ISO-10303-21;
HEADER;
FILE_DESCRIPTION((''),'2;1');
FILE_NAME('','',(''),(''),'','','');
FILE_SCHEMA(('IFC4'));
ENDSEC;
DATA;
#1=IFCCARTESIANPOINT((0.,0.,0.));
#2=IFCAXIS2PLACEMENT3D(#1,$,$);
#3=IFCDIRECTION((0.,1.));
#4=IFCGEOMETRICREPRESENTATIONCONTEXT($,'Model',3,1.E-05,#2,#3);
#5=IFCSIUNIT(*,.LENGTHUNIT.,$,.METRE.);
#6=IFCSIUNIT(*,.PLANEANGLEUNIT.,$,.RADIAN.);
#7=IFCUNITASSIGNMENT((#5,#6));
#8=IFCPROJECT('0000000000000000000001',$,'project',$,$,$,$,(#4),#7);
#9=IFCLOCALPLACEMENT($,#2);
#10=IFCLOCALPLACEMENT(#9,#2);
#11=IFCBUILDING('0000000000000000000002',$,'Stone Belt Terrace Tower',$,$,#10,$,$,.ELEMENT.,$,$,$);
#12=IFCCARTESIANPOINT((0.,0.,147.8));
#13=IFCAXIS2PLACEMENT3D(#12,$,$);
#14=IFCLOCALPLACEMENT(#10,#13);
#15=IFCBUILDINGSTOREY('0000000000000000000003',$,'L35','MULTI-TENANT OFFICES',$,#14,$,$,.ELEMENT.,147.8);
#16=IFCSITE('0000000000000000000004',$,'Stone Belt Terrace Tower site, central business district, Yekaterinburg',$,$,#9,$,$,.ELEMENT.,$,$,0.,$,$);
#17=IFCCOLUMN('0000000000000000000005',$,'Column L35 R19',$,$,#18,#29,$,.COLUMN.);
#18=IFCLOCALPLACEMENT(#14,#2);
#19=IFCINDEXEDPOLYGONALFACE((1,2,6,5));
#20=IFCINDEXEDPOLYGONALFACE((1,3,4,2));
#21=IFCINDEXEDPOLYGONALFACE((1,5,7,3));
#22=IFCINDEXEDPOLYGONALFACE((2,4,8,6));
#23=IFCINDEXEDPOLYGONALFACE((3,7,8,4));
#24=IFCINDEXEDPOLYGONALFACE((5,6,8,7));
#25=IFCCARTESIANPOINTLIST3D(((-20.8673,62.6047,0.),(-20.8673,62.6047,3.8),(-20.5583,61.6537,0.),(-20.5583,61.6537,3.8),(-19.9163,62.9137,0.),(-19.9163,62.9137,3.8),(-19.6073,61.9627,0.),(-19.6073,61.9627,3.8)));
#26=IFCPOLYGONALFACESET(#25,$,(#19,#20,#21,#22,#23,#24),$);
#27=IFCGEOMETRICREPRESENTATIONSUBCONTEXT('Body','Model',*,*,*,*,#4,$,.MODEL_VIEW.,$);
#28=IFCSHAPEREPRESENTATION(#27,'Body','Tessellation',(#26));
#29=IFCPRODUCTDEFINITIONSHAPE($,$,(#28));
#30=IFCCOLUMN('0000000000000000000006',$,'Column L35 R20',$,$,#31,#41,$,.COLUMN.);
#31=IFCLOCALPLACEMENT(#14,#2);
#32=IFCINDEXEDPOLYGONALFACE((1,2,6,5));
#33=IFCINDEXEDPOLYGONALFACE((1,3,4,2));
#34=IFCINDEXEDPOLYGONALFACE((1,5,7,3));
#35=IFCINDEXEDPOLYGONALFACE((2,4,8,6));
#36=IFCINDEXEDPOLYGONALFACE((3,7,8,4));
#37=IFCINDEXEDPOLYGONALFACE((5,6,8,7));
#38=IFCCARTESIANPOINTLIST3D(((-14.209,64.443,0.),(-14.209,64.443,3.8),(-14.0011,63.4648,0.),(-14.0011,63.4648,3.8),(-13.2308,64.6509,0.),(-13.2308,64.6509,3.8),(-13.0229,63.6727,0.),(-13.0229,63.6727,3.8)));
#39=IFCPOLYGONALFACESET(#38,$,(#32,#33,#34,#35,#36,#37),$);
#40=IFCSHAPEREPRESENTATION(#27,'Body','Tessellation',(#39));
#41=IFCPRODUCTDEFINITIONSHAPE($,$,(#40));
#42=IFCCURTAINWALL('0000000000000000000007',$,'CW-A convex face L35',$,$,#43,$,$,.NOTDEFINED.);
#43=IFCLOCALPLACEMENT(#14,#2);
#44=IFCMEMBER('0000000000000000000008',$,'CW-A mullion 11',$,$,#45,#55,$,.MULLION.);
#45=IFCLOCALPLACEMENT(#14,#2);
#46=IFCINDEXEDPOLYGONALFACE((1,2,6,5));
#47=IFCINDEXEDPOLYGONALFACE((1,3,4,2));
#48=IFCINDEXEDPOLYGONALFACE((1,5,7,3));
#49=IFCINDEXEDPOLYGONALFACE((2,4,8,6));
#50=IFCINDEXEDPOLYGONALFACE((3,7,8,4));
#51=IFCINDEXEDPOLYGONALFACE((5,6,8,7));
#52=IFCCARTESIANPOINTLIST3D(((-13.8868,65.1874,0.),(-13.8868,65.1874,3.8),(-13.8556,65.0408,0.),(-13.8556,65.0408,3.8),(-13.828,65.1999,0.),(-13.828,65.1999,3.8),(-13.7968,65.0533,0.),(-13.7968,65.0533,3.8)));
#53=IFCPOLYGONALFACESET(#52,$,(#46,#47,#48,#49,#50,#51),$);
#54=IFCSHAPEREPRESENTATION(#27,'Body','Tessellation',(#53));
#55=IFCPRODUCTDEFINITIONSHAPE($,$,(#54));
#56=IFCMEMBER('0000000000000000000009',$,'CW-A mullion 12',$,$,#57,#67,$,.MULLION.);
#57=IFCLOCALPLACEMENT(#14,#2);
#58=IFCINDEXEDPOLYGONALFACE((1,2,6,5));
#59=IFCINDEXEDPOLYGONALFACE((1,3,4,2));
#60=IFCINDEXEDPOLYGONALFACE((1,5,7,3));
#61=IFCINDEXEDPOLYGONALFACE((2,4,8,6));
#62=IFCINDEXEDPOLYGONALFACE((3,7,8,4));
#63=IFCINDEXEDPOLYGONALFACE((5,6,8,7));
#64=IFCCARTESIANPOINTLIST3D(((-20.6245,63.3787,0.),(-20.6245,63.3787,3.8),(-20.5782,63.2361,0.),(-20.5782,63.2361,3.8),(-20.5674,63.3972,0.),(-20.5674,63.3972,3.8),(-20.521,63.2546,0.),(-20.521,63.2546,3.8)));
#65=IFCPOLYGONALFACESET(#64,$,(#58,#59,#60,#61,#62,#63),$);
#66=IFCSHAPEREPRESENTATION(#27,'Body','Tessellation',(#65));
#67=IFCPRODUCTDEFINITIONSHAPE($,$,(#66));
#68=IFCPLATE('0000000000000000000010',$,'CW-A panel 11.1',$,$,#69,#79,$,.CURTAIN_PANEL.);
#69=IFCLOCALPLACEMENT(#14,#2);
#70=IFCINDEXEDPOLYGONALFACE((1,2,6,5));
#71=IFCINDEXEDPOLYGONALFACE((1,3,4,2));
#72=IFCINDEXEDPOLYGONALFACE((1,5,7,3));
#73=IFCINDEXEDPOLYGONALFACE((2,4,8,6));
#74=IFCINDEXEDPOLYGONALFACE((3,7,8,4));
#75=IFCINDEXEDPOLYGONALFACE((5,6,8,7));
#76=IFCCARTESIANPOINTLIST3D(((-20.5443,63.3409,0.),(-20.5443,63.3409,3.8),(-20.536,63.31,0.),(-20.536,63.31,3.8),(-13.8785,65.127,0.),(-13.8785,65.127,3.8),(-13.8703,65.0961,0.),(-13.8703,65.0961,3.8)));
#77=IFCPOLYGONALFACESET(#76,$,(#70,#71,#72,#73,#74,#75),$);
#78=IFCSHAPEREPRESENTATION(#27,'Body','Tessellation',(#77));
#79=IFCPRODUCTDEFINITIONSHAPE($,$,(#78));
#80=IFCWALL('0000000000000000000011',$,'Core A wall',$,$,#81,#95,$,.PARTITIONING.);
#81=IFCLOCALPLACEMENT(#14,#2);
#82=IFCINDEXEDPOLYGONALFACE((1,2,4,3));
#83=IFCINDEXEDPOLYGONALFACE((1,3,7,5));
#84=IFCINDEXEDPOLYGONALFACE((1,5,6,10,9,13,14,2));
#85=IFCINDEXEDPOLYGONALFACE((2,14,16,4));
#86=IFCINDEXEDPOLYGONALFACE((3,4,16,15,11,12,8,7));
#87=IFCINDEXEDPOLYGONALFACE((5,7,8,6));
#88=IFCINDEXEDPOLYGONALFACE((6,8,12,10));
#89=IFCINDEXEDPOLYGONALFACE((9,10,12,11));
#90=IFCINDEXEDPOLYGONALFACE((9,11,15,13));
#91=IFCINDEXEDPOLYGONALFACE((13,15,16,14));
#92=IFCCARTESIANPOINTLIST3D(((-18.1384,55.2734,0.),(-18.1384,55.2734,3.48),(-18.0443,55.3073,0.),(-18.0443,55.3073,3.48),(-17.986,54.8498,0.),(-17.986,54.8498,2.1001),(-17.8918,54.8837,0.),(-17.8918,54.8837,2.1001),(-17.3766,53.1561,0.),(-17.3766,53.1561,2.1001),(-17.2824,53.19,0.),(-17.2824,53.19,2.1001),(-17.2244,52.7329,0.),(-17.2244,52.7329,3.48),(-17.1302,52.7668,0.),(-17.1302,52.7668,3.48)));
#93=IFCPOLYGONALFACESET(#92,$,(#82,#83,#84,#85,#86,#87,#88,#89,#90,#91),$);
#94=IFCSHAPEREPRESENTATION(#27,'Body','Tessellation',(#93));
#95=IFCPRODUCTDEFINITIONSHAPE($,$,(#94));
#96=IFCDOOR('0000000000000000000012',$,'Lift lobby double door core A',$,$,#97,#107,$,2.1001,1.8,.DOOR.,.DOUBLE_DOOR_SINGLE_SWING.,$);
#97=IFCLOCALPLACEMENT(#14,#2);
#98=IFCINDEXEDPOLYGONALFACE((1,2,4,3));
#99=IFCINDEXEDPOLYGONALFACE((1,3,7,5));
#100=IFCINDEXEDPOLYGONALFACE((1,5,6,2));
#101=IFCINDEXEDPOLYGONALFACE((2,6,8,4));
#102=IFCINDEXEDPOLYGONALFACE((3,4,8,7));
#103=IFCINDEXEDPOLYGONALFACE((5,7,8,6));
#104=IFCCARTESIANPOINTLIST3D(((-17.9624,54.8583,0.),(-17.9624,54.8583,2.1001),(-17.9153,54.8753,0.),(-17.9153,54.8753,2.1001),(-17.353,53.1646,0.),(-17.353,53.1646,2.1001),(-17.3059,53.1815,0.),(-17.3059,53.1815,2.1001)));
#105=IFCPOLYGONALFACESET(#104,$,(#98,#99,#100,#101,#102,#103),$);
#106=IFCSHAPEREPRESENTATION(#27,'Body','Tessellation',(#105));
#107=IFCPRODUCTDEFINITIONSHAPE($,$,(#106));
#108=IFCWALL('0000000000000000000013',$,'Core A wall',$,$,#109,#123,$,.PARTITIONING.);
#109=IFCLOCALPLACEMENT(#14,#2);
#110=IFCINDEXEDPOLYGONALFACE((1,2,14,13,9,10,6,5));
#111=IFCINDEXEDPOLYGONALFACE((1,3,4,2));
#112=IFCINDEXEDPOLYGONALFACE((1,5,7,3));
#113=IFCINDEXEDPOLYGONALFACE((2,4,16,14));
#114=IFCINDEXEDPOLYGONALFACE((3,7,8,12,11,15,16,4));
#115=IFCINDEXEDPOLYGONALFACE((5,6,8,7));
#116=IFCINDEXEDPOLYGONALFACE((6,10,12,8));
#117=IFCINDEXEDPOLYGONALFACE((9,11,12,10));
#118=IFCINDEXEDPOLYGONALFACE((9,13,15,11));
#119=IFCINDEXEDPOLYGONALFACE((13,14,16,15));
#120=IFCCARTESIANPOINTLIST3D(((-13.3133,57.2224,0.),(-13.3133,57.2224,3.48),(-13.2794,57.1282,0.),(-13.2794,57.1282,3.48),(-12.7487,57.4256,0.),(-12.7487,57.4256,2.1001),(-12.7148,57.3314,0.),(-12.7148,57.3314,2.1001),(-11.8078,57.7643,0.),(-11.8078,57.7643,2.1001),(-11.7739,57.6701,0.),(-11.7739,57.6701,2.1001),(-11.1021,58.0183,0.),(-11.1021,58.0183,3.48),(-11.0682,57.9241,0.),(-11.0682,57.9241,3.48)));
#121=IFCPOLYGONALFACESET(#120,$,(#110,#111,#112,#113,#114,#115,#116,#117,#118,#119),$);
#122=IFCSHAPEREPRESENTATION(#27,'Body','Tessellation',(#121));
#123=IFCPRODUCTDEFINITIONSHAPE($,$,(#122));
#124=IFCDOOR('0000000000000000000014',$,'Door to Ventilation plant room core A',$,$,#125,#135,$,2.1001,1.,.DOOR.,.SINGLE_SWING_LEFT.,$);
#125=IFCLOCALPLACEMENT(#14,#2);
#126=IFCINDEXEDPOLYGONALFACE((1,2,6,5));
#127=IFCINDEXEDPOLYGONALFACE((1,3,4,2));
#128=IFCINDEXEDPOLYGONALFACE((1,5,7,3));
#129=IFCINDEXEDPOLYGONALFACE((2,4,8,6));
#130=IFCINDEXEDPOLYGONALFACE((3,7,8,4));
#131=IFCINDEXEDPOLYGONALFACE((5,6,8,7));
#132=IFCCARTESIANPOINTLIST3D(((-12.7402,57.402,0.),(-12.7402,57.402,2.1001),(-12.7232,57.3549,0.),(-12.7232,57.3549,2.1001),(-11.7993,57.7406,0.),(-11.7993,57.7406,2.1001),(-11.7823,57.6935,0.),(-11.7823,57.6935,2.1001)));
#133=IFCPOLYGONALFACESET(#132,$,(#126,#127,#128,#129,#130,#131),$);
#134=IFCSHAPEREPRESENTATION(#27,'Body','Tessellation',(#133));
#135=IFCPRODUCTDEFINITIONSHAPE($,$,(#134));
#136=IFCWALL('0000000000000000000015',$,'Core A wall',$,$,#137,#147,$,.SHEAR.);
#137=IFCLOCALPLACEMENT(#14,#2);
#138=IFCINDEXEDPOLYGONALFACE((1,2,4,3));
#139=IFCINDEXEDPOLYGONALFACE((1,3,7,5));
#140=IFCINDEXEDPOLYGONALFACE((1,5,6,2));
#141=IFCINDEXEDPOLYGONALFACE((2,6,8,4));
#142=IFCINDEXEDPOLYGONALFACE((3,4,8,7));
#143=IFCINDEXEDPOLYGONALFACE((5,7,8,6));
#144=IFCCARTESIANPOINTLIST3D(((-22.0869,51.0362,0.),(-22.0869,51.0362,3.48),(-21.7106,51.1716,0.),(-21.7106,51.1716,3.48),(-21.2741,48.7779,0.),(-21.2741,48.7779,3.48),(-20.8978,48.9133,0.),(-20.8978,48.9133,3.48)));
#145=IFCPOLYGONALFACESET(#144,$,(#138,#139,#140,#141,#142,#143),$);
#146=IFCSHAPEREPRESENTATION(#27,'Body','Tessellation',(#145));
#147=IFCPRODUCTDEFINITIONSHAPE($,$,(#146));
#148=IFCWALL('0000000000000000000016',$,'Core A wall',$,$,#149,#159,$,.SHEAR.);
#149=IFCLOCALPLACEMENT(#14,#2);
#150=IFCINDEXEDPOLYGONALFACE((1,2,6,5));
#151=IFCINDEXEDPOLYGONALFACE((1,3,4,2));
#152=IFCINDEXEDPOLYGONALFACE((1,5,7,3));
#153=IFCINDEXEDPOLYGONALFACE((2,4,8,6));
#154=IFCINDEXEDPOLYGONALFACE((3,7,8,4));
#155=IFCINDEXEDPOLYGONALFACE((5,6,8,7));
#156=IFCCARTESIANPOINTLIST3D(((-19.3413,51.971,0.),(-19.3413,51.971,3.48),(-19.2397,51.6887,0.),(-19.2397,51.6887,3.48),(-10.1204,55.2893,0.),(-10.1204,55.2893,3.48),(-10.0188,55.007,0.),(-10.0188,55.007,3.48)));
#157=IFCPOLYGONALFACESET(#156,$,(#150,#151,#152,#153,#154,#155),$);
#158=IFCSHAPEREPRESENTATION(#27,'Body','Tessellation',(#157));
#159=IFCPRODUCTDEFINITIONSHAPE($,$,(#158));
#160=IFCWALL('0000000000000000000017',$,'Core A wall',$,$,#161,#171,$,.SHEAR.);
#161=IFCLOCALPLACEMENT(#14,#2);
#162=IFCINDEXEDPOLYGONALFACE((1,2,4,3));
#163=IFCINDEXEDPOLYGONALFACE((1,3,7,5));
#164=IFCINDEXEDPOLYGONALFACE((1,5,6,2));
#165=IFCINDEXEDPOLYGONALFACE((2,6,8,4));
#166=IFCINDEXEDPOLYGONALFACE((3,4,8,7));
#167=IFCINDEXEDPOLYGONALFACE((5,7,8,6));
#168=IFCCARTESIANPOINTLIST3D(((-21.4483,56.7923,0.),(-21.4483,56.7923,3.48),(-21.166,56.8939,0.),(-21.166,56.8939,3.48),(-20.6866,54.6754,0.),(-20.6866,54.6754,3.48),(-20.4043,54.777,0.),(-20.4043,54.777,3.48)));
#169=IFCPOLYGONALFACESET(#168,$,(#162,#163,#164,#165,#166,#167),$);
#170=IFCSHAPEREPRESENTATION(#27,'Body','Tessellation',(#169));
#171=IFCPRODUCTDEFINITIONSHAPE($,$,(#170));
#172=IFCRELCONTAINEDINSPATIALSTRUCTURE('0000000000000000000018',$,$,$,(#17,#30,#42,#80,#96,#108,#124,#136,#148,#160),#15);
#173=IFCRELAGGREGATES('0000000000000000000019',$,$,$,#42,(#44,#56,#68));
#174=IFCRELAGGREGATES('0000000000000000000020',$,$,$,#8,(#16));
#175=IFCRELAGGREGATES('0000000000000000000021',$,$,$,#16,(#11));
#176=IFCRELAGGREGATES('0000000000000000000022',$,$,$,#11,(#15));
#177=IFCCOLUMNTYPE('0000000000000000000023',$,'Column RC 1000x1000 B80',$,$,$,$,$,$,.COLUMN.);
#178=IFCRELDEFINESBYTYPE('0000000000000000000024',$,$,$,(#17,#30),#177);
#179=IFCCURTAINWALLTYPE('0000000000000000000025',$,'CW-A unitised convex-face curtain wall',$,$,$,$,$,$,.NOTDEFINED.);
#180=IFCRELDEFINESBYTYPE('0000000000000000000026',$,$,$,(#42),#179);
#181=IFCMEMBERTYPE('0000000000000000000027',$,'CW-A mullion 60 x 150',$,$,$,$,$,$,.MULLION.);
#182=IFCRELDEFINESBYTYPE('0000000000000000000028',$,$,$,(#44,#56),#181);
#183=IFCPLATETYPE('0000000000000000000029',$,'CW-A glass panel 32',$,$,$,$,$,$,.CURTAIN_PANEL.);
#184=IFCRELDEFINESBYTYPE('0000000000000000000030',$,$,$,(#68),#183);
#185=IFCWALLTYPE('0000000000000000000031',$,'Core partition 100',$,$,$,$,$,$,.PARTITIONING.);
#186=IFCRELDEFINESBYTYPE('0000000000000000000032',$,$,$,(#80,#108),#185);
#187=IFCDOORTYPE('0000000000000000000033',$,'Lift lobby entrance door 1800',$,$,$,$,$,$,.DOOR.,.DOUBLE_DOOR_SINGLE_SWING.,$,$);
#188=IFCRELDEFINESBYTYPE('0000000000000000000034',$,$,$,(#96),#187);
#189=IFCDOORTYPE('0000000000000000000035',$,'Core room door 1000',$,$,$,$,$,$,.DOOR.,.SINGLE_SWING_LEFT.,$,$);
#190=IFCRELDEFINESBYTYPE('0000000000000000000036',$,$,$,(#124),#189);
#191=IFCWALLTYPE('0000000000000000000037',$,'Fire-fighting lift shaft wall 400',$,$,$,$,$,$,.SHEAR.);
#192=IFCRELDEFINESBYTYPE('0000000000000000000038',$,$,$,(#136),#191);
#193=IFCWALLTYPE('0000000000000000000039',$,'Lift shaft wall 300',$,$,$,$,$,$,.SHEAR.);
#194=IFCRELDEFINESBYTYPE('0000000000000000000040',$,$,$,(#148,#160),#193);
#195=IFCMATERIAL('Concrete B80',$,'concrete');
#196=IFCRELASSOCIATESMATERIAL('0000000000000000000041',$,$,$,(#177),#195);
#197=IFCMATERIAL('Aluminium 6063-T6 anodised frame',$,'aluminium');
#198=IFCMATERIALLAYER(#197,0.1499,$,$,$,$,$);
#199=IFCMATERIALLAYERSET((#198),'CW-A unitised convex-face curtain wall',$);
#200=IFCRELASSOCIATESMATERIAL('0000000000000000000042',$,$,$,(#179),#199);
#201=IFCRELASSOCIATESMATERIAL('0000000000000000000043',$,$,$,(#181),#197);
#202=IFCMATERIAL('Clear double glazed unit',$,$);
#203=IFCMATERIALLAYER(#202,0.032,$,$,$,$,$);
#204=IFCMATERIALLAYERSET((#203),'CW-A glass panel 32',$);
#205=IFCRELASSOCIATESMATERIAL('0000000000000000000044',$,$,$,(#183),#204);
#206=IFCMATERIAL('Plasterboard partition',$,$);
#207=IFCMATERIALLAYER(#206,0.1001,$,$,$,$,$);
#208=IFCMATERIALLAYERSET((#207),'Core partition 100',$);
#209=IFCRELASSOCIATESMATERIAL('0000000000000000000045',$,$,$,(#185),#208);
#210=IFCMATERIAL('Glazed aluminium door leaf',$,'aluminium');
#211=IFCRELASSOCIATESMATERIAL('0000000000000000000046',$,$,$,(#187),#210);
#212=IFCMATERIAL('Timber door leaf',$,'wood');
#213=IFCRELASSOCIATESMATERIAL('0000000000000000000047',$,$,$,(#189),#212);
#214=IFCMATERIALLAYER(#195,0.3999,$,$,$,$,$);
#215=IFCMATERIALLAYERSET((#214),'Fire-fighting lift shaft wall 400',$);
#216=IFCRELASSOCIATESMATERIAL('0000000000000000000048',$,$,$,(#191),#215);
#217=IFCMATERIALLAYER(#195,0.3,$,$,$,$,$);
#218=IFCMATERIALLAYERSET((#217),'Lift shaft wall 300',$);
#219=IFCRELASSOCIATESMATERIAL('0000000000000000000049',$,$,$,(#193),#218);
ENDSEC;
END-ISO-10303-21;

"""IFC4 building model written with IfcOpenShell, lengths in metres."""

from ifc_helpers import new_model, si_unit, direction, frame, frame_2d, origin, origin_2d, place, context, subcontext, project, spatial, rectangle, extrude, material, layer, layer_set, material_profile, profile_set, type_object, element, fill, aggregate, save


model = new_model("IFC4")

# Units and contexts
model_context = context("Model", 3, precision=1e-05, world=origin(), true_north=direction((0.0, 1.0)))
body_context = subcontext(model_context, "Body", "Model", "MODEL_VIEW")
ifc_project = project(units=[si_unit("LENGTHUNIT", "METRE"), si_unit("PLANEANGLEUNIT", "RADIAN")], contexts=[model_context])

# Site, building, storey
site_placement = place(None, origin())
site = spatial("IfcSite", under=ifc_project, at=site_placement, Name="Stone Belt Terrace Tower site, central business district, Yekaterinburg", CompositionType="ELEMENT", RefElevation=0.0)
building_placement = place(site_placement, origin())
building = spatial("IfcBuilding", under=site, at=building_placement, Name="Stone Belt Terrace Tower", CompositionType="ELEMENT")
storey_placement = place(building_placement, frame((0.0, 0.0, 147.8)))
storey = spatial("IfcBuildingStorey", under=building, at=storey_placement, Name="L35", Description="MULTI-TENANT OFFICES", CompositionType="ELEMENT", Elevation=147.8)

# Columns
ifc_material_1 = material(Name="Concrete B80", Category="concrete")
ifc_material_profile_1 = material_profile(ifc_material_1, rectangle(XDim=1.0, YDim=1.0, at=origin_2d()), Name="RC 1000x1000")
ifc_profile_set_1 = profile_set([ifc_material_profile_1], Name="Concrete B80")
column_type = type_object("IfcColumnType", Name="Column RC 1000x1000 B80", PredefinedType="COLUMN", material=ifc_profile_set_1)
for number, where, z_axis, x_axis, name in (
    (1, (-20.2373, 62.2837, 0.0), (0.0, 0.0, 1.0), (0.951057, 0.309017, 0.0), "Column L35 R19"),
    (2, (-13.616, 64.0579, 0.0), (0.0, 0.0, 1.0), (0.978148, 0.207912, 0.0), "Column L35 R20"),
):
    element("IfcColumn", number, at=place(storey_placement, frame(where, z_axis=z_axis, x_axis=x_axis)), inside=storey, type_object=column_type, Name=name, PredefinedType="COLUMN", context=body_context, shape_type="SweptSolid", body=[
        extrude(rectangle(XDim=1.0, YDim=1.0, at=origin_2d()), origin(), (0.0, 0.0, 1.0), 3.8),
    ])

# Curtain wall, members, plate
ifc_material_2 = material(Name="Aluminium 6063-T6 anodised frame", Category="aluminium")
ifc_layer_1 = layer(ifc_material_2, 0.1499)
ifc_layer_set_1 = layer_set([ifc_layer_1], Name="CW-A unitised convex-face curtain wall")
curtain_wall_type = type_object("IfcCurtainWallType", Name="CW-A unitised convex-face curtain wall", PredefinedType="NOTDEFINED", material=ifc_layer_set_1)
curtain_wall_placement = place(storey_placement, origin())
curtain_wall = element("IfcCurtainWall", 3, at=curtain_wall_placement, inside=storey, type_object=curtain_wall_type, Name="CW-A convex face L35", PredefinedType="NOTDEFINED")
ifc_material_profile_2 = material_profile(ifc_material_2, rectangle(XDim=0.1499, YDim=0.0601, at=origin_2d()), Name="Aluminium 6063-T6 60x150")
ifc_profile_set_2 = profile_set([ifc_material_profile_2], Name="Aluminium 6063-T6 anodised frame")
member_type = type_object("IfcMemberType", Name="CW-A mullion 60 x 150", PredefinedType="MULLION", material=ifc_profile_set_2)
member_1_placement = place(storey_placement, frame((-13.8418, 65.1204, 0.0), z_axis=(0.0, 0.0, 1.0), x_axis=(0.207912, -0.978148, 0.0)))
member_1 = element("IfcMember", 4, at=member_1_placement, type_object=member_type, Name="CW-A mullion 11", PredefinedType="MULLION", context=body_context, shape_type="SweptSolid", body=[
    extrude(rectangle(XDim=0.1499, YDim=0.0601, at=origin_2d()), origin(), (0.0, 0.0, 1.0), 3.8),
])
member_2_placement = place(storey_placement, frame((-20.5728, 63.3167, 0.0), z_axis=(0.0, 0.0, 1.0), x_axis=(0.309017, -0.951057, 0.0)))
member_2 = element("IfcMember", 5, at=member_2_placement, type_object=member_type, Name="CW-A mullion 12", PredefinedType="MULLION", context=body_context, shape_type="SweptSolid", body=[
    extrude(rectangle(XDim=0.1499, YDim=0.0601, at=origin_2d()), origin(), (0.0, 0.0, 1.0), 3.8),
])
ifc_material_3 = material(Name="Clear double glazed unit")
ifc_layer_2 = layer(ifc_material_3, 0.032)
ifc_layer_set_2 = layer_set([ifc_layer_2], Name="CW-A glass panel 32")
plate_type = type_object("IfcPlateType", Name="CW-A glass panel 32", PredefinedType="CURTAIN_PANEL", material=ifc_layer_set_2)
plate_placement = place(storey_placement, frame((-17.2073, 64.2185, 0.0), z_axis=(0.0, 0.0, 1.0), x_axis=(-0.965926, -0.258819, 0.0)))
plate = element("IfcPlate", 6, at=plate_placement, type_object=plate_type, Name="CW-A panel 11.1", PredefinedType="CURTAIN_PANEL", context=body_context, shape_type="SweptSolid", body=[
    extrude(rectangle(XDim=6.9009, YDim=0.032, at=origin_2d()), origin(), (0.0, 0.0, 1.0), 3.8),
])
aggregate(curtain_wall, [member_1, member_2, plate])

# Walls, openings, doors
ifc_material_4 = material(Name="Plasterboard partition")
ifc_layer_3 = layer(ifc_material_4, 0.1001)
ifc_layer_set_3 = layer_set([ifc_layer_3], Name="Core partition 100")
wall_type_1 = type_object("IfcWallType", Name="Core partition 100", PredefinedType="PARTITIONING", material=ifc_layer_set_3)
wall_1_placement = place(storey_placement, frame((-17.1772, 52.7498, 0.0), z_axis=(0.0, 0.0, 1.0), x_axis=(-0.338547, 0.94095, 0.0)))
wall_1 = element("IfcWall", 7, at=wall_1_placement, inside=storey, type_object=wall_type_1, Name="Core A wall", PredefinedType="PARTITIONING", context=body_context, shape_type="SweptSolid", body=[
    extrude(rectangle(XDim=2.7, YDim=0.1001, at=frame_2d((1.3501, 0.0))), origin(), (0.0, 0.0, 1.0), 3.48),
])
opening_1_placement = place(wall_1_placement, frame((0.45, 0.0, 0.0)))
opening_1 = element("IfcOpeningElement", 8, at=opening_1_placement, cuts=wall_1, PredefinedType="OPENING", context=body_context, shape_type="SweptSolid", body=[
    extrude(rectangle(XDim=1.8, YDim=2.1001, at=frame_2d((0.8999, 1.05))), frame((0.0, 0.0601, 0.0), z_axis=(0.0, -1.0, 0.0), x_axis=(1.0, 0.0, 0.0)), (0.0, 0.0, 1.0), 0.1201),
])
ifc_material_5 = material(Name="Glazed aluminium door leaf", Category="aluminium")
door_type_1 = type_object("IfcDoorType", Name="Lift lobby entrance door 1800", OperationType="DOUBLE_DOOR_SINGLE_SWING", PredefinedType="DOOR", material=ifc_material_5)
door_1_placement = place(opening_1_placement, origin())
door_1 = element("IfcDoor", 9, at=door_1_placement, inside=storey, type_object=door_type_1, Name="Lift lobby double door core A", OperationType="DOUBLE_DOOR_SINGLE_SWING", OverallHeight=2.1001, OverallWidth=1.8, PredefinedType="DOOR", context=body_context, shape_type="SweptSolid", body=[
    extrude(rectangle(XDim=1.8, YDim=2.1001, at=frame_2d((0.8999, 1.05))), frame((0.0, 0.0249, 0.0), z_axis=(0.0, -1.0, 0.0), x_axis=(1.0, 0.0, 0.0)), (0.0, 0.0, 1.0), 0.05),
])
fill(opening_1, door_1)
wall_2_placement = place(storey_placement, frame((-13.2964, 57.1753, 0.0), z_axis=(0.0, 0.0, 1.0), x_axis=(0.940905, 0.338672, 0.0)))
wall_2 = element("IfcWall", 10, at=wall_2_placement, inside=storey, type_object=wall_type_1, Name="Core A wall", PredefinedType="PARTITIONING", context=body_context, shape_type="SweptSolid", body=[
    extrude(rectangle(XDim=2.3501, YDim=0.1001, at=frame_2d((1.175, 0.0))), origin(), (0.0, 0.0, 1.0), 3.48),
])
opening_2_placement = place(wall_2_placement, frame((0.6001, 0.0, 0.0)))
opening_2 = element("IfcOpeningElement", 11, at=opening_2_placement, cuts=wall_2, PredefinedType="OPENING", context=body_context, shape_type="SweptSolid", body=[
    extrude(rectangle(XDim=1.0, YDim=2.1001, at=frame_2d((0.5, 1.05))), frame((0.0, 0.0601, 0.0), z_axis=(0.0, -1.0, 0.0), x_axis=(1.0, 0.0, 0.0)), (0.0, 0.0, 1.0), 0.1201),
])
ifc_material_6 = material(Name="Timber door leaf", Category="wood")
door_type_2 = type_object("IfcDoorType", Name="Core room door 1000", OperationType="SINGLE_SWING_LEFT", PredefinedType="DOOR", material=ifc_material_6)
door_2_placement = place(opening_2_placement, origin())
door_2 = element("IfcDoor", 12, at=door_2_placement, inside=storey, type_object=door_type_2, Name="Door to Ventilation plant room core A", OperationType="SINGLE_SWING_LEFT", OverallHeight=2.1001, OverallWidth=1.0, PredefinedType="DOOR", context=body_context, shape_type="SweptSolid", body=[
    extrude(rectangle(XDim=1.0, YDim=2.1001, at=frame_2d((0.5, 1.05))), frame((0.0, 0.0249, 0.0), z_axis=(0.0, -1.0, 0.0), x_axis=(1.0, 0.0, 0.0)), (0.0, 0.0, 1.0), 0.05),
])
fill(opening_2, door_2)

# Walls
ifc_layer_4 = layer(ifc_material_1, 0.3999)
ifc_layer_set_4 = layer_set([ifc_layer_4], Name="Fire-fighting lift shaft wall 400")
wall_type_2 = type_object("IfcWallType", Name="Fire-fighting lift shaft wall 400", PredefinedType="SHEAR", material=ifc_layer_set_4)
wall_3_placement = place(storey_placement, frame((-21.0859, 48.8455, 0.0), z_axis=(0.0, 0.0, 1.0), x_axis=(-0.338629, 0.94092, 0.0)))
element("IfcWall", 13, at=wall_3_placement, inside=storey, type_object=wall_type_2, Name="Core A wall", PredefinedType="SHEAR", context=body_context, shape_type="SweptSolid", body=[
    extrude(rectangle(XDim=2.4001, YDim=0.3999, at=frame_2d((1.2002, 0.0))), origin(), (0.0, 0.0, 1.0), 3.48),
])
ifc_layer_5 = layer(ifc_material_1, 0.3)
ifc_layer_set_5 = layer_set([ifc_layer_5], Name="Lift shaft wall 300")
wall_type_3 = type_object("IfcWallType", Name="Lift shaft wall 300", PredefinedType="SHEAR", material=ifc_layer_set_5)
wall_4_placement = place(storey_placement, frame((-19.2905, 51.8298, 0.0), z_axis=(0.0, 0.0, 1.0), x_axis=(0.940926, 0.338613, 0.0)))
element("IfcWall", 14, at=wall_4_placement, inside=storey, type_object=wall_type_3, Name="Core A wall", PredefinedType="SHEAR", context=body_context, shape_type="SweptSolid", body=[
    extrude(rectangle(XDim=9.7998, YDim=0.3, at=frame_2d((4.8999, 0.0))), origin(), (0.0, 0.0, 1.0), 3.48),
])
wall_5_placement = place(storey_placement, frame((-20.5454, 54.7261, 0.0), z_axis=(0.0, 0.0, 1.0), x_axis=(-0.33857, 0.940941, 0.0)))
element("IfcWall", 15, at=wall_5_placement, inside=storey, type_object=wall_type_3, Name="Core A wall", PredefinedType="SHEAR", context=body_context, shape_type="SweptSolid", body=[
    extrude(rectangle(XDim=2.2498, YDim=0.3, at=frame_2d((1.125, 0.0))), origin(), (0.0, 0.0, 1.0), 3.48),
])

save(model, "model.ifc")
